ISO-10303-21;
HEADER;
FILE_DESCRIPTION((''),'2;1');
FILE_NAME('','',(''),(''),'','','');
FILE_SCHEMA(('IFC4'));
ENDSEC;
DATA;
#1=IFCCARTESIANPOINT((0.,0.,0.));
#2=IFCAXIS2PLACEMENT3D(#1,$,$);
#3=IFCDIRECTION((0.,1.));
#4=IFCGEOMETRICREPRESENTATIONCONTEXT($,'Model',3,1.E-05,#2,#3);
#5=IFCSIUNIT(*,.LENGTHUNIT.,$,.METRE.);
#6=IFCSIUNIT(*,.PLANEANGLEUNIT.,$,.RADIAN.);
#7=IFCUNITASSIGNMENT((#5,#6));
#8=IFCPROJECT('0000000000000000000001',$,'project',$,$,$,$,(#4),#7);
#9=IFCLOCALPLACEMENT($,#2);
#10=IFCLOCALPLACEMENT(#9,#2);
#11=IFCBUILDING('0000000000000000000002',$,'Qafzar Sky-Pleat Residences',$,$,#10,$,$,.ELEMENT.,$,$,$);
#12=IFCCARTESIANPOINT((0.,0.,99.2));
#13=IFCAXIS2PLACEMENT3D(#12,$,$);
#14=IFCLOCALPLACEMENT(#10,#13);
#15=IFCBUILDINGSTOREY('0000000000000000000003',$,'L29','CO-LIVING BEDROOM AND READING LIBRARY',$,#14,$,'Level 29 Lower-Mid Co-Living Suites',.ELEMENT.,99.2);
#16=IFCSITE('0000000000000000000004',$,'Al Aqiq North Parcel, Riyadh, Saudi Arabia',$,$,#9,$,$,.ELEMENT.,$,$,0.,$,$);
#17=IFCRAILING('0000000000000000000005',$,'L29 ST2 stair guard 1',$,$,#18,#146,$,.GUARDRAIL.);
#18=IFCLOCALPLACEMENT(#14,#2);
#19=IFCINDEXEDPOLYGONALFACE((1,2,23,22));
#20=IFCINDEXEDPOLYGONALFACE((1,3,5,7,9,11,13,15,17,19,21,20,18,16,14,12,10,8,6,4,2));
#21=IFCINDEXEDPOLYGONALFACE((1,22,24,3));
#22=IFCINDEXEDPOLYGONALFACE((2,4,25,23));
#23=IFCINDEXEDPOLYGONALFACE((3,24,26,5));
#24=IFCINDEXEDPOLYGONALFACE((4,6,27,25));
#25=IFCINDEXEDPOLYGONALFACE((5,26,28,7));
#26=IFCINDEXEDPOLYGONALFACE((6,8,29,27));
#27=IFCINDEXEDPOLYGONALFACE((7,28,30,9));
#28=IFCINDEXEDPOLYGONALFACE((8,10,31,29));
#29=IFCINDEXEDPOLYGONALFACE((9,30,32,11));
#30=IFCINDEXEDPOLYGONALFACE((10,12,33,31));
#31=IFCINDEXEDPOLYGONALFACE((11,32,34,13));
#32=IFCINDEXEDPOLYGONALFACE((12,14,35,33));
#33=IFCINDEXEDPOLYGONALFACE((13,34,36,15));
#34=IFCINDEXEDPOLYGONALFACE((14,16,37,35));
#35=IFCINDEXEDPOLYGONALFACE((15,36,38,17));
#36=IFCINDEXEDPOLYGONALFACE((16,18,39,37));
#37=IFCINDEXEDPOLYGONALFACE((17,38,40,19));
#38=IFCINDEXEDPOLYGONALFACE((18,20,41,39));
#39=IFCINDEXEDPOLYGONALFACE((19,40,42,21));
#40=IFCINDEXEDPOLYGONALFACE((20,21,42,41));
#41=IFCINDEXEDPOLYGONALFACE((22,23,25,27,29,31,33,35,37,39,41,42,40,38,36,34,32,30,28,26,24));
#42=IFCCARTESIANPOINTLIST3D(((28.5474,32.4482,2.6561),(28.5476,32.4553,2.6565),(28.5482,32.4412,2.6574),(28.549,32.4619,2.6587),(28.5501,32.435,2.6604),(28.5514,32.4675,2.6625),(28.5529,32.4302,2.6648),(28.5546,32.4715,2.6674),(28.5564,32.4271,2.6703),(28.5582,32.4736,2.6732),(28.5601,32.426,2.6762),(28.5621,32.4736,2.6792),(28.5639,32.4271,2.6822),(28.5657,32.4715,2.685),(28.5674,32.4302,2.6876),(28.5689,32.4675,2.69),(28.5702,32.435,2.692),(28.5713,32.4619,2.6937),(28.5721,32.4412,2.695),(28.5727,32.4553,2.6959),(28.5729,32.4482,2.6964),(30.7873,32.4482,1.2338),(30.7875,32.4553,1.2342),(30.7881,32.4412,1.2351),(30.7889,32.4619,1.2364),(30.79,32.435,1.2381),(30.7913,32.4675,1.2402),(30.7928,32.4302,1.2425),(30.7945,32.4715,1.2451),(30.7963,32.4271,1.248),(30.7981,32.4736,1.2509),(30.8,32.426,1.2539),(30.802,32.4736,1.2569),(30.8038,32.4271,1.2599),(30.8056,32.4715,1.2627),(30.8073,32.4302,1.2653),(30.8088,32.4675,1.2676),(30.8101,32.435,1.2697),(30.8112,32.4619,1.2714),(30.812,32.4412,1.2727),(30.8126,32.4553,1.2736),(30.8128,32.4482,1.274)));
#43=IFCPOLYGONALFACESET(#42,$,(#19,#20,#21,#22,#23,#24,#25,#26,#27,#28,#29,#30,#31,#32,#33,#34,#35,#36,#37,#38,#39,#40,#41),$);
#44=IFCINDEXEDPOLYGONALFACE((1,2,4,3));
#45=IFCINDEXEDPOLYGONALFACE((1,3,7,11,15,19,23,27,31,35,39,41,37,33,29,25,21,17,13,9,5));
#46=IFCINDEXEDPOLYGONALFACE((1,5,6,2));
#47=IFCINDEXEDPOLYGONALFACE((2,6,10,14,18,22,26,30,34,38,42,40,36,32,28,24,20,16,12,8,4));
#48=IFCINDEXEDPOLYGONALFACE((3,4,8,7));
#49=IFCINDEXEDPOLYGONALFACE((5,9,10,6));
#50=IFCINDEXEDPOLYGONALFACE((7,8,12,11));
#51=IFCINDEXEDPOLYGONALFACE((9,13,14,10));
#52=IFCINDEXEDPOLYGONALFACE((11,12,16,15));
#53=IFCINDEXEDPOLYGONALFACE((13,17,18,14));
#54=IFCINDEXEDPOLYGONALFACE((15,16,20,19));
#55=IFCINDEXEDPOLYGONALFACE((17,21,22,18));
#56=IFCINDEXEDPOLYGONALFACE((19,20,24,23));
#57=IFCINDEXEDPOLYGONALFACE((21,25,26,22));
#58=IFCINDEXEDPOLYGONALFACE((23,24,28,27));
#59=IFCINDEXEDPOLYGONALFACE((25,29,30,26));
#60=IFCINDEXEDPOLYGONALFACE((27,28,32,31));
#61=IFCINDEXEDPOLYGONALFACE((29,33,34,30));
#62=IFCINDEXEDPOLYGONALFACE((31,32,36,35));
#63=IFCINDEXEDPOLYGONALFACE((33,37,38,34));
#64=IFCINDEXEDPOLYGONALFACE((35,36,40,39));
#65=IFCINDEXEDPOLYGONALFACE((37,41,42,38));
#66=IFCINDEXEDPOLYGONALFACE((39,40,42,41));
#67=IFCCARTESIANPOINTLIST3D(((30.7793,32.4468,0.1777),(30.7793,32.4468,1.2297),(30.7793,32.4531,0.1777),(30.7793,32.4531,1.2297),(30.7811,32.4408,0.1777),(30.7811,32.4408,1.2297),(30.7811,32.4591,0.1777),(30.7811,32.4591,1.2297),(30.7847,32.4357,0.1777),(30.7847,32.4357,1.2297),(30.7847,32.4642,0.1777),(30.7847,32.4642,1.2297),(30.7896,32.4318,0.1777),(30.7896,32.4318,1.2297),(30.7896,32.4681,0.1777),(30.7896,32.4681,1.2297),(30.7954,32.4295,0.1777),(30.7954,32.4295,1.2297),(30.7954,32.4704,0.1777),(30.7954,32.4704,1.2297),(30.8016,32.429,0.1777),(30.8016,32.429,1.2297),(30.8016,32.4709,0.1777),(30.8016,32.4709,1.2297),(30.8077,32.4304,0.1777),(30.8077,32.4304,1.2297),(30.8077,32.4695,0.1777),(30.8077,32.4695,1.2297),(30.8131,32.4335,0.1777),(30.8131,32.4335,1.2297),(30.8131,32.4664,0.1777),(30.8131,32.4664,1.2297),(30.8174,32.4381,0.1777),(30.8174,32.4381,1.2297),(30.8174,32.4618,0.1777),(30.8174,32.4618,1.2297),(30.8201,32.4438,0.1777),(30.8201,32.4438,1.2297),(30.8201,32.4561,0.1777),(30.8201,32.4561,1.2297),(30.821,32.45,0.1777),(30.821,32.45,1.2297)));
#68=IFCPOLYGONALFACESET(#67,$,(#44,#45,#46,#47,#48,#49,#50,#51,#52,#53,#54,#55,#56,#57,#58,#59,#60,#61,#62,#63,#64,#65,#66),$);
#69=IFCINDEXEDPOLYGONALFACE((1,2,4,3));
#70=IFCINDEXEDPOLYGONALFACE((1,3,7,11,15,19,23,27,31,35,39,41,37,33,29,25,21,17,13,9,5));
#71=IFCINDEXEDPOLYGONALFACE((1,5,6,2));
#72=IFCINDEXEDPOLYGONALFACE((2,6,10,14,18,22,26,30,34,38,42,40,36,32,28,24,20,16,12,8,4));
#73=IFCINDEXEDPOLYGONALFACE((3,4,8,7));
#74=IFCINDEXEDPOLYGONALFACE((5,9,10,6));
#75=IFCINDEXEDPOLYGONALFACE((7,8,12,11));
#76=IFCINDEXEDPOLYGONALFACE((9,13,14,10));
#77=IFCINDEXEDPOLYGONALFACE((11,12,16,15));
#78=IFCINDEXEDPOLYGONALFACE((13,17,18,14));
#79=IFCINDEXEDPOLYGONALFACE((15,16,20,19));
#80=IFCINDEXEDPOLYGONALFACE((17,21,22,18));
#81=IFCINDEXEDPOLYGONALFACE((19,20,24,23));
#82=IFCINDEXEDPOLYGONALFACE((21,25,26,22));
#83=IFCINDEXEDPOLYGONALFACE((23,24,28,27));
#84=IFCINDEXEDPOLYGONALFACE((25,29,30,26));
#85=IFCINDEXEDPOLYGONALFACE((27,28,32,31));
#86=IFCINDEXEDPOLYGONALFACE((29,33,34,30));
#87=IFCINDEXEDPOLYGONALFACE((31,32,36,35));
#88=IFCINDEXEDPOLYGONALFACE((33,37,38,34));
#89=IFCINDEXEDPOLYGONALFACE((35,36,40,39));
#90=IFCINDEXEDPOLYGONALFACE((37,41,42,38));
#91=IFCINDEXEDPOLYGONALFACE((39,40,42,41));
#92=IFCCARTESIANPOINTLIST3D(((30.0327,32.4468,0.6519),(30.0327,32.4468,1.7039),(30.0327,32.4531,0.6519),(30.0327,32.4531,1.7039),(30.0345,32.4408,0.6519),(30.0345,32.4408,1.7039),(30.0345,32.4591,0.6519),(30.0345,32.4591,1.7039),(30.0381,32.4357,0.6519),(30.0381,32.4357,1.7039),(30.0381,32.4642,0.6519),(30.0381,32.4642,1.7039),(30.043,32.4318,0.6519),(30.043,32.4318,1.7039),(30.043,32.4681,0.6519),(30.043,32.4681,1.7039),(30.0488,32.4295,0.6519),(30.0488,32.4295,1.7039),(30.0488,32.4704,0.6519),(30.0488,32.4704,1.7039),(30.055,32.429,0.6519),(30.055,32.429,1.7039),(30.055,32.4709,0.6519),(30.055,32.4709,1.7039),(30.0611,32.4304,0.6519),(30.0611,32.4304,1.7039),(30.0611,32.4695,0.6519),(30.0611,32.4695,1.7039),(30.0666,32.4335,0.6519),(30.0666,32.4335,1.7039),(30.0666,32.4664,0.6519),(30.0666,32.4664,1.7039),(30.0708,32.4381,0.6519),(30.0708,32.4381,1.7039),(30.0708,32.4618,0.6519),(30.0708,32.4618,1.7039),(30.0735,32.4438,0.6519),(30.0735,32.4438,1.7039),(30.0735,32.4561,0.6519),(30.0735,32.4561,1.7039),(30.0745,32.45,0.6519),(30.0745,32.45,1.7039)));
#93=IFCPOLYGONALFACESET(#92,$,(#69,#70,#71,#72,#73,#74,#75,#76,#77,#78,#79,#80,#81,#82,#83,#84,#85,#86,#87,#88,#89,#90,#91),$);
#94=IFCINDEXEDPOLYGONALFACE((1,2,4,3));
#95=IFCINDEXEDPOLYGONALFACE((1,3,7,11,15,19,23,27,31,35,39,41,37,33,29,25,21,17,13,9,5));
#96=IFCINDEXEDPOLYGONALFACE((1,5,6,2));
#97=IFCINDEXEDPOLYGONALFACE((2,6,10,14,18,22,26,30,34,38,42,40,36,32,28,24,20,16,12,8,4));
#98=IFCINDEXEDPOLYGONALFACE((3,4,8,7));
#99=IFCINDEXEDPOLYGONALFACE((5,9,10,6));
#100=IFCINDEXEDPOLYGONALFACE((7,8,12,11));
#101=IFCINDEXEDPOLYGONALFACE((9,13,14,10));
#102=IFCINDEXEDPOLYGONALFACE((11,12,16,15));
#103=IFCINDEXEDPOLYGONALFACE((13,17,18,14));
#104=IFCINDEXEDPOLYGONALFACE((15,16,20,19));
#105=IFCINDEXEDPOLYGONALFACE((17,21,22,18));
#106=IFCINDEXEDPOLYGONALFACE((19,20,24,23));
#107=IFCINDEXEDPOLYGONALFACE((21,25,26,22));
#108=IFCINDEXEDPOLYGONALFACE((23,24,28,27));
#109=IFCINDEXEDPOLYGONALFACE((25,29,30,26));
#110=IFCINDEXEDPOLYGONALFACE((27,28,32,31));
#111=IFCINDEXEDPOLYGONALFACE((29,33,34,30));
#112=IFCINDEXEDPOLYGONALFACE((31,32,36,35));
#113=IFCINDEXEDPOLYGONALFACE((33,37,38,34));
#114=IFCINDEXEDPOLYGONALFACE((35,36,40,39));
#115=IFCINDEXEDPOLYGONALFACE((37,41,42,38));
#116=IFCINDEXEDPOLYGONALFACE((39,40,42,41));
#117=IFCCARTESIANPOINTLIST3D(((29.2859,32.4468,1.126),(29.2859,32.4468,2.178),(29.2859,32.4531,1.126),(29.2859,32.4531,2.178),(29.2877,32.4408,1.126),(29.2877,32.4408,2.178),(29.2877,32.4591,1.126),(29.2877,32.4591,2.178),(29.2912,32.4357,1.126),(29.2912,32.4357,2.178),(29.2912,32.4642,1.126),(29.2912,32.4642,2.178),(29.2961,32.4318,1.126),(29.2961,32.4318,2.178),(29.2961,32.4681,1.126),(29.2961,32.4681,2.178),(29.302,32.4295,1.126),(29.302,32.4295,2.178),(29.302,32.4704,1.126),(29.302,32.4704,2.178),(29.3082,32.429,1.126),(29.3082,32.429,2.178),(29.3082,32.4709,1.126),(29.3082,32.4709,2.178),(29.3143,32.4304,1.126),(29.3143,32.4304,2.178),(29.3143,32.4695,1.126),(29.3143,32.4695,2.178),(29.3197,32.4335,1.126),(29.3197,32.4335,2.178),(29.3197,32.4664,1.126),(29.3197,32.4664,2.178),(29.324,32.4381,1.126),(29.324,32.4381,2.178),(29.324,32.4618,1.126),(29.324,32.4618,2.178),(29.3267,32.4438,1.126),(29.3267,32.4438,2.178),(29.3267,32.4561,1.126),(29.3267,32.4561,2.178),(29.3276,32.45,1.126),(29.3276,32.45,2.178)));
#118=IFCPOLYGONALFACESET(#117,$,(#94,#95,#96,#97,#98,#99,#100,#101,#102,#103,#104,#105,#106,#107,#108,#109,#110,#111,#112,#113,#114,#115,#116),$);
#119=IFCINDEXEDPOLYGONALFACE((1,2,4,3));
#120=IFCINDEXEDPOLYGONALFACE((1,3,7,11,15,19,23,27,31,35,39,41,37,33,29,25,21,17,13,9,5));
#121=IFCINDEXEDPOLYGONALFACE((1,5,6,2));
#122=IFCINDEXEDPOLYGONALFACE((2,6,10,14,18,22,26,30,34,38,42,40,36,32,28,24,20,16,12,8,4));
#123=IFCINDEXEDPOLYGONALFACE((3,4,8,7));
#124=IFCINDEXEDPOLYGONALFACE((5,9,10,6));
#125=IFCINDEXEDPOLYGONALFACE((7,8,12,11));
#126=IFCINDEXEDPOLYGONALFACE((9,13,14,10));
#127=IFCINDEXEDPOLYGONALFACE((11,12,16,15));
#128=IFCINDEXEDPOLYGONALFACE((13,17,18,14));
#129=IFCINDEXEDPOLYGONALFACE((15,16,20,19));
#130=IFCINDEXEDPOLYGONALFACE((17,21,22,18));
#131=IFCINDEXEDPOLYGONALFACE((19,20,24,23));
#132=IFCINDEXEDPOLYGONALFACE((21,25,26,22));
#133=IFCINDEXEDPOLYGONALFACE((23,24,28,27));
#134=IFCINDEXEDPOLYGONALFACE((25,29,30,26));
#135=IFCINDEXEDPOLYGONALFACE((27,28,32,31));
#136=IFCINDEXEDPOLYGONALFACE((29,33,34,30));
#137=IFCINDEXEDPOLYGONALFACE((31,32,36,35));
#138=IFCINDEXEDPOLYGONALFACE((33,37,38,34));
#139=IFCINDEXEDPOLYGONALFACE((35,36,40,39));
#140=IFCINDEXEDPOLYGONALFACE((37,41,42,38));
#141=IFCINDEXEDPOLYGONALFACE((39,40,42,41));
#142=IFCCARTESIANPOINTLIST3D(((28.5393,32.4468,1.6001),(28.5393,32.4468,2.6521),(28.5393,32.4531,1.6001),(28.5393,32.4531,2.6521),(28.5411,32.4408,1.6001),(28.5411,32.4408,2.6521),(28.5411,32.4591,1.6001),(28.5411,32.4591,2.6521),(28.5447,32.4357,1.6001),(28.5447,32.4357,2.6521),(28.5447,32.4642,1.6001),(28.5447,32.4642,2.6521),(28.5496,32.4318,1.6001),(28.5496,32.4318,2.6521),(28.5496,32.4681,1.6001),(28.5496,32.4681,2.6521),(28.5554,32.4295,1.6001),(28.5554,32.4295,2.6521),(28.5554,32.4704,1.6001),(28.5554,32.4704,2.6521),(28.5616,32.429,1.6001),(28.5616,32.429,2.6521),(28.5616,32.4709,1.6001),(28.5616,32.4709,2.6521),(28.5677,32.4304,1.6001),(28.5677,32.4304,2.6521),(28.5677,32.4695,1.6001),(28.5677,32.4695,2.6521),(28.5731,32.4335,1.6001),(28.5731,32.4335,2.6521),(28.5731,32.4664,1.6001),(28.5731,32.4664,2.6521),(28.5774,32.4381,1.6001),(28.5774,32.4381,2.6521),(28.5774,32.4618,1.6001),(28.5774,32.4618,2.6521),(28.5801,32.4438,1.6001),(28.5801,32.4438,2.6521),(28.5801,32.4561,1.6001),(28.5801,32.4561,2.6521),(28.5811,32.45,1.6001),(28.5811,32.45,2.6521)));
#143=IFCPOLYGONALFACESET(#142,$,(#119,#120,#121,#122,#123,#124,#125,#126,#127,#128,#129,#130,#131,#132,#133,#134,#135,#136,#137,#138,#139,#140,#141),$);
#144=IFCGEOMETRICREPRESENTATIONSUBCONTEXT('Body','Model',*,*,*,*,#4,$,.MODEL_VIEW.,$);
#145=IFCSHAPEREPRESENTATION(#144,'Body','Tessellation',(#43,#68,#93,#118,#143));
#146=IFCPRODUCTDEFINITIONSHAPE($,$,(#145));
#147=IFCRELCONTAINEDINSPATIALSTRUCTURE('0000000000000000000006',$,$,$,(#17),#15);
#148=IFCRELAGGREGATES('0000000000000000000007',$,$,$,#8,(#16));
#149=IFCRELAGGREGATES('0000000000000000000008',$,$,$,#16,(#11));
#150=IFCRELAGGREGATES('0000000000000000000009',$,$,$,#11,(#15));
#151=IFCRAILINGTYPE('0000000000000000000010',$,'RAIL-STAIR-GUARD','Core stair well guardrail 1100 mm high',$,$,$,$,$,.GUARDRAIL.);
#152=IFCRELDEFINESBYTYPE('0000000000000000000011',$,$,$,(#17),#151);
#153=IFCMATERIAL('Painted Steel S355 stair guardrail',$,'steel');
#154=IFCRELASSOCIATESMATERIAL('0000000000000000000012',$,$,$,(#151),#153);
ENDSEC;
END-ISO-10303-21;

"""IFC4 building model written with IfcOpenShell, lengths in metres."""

from ifc_helpers import new_model, si_unit, direction, frame, origin, origin_2d, place, context, subcontext, project, spatial, circle, extrude, source, transform, mapped, material, type_object, element, save


model = new_model("IFC4")

# Units and contexts
model_context = context("Model", 3, precision=1e-05, world=origin(), true_north=direction((0.0, 1.0)))
body_context = subcontext(model_context, "Body", "Model", "MODEL_VIEW")
ifc_project = project(units=[si_unit("LENGTHUNIT", "METRE"), si_unit("PLANEANGLEUNIT", "RADIAN")], contexts=[model_context])

# Site, building, storey
site_placement = place(None, origin())
site = spatial("IfcSite", under=ifc_project, at=site_placement, Name="Al Aqiq North Parcel, Riyadh, Saudi Arabia", CompositionType="ELEMENT", RefElevation=0.0)
building_placement = place(site_placement, origin())
building = spatial("IfcBuilding", under=site, at=building_placement, Name="Qafzar Sky-Pleat Residences", CompositionType="ELEMENT")
storey_placement = place(building_placement, frame((0.0, 0.0, 99.2)))
storey = spatial("IfcBuildingStorey", under=building, at=storey_placement, Name="L29", Description="CO-LIVING BEDROOM AND READING LIBRARY", LongName="Level 29 Lower-Mid Co-Living Suites", CompositionType="ELEMENT", Elevation=99.2)

# Railing
ifc_material_1 = material(Name="Painted Steel S355 stair guardrail", Category="steel")
railing_type_1 = type_object("IfcRailingType", Name="RAIL-STAIR-GUARD", Description="Core stair well guardrail 1100 mm high", PredefinedType="GUARDRAIL", material=ifc_material_1)
shared_shape_1 = source(origin(), body_context, "Body", "SweptSolid", [
    extrude(circle(Radius=0.0239, at=origin_2d()), frame((0.0, 0.0, 1.0762), z_axis=(-0.844188, 0.0, 0.536048), x_axis=(0.0, -1.0, 0.0)), (0.0, 0.0, 1.0), 2.6533),
    extrude(circle(Radius=0.021, at=origin_2d()), origin(), (0.0, 0.0, 1.0), 1.052),
    extrude(circle(Radius=0.021, at=origin_2d()), frame((-0.7466, 0.0, 0.4741)), (0.0, 0.0, 1.0), 1.052),
    extrude(circle(Radius=0.021, at=origin_2d()), frame((-1.4934, 0.0, 0.9482)), (0.0, 0.0, 1.0), 1.052),
    extrude(circle(Radius=0.021, at=origin_2d()), frame((-2.24, 0.0, 1.4224)), (0.0, 0.0, 1.0), 1.052),
])
railing_1_placement = place(storey_placement, frame((30.8, 32.45, 0.1777)))
element("IfcRailing", 1, at=railing_1_placement, inside=storey, type_object=railing_type_1, Name="L29 ST2 stair guard 1", PredefinedType="GUARDRAIL", context=body_context, shape_type="MappedRepresentation", body=[
    mapped(shared_shape_1, transform((0.0, 0.0, 0.0), x_axis=(1.0, 0.0, 0.0), y_axis=(0.0, 1.0, 0.0), z_axis=(0.0, 0.0, 1.0), scale=1.0)),
])

save(model, "model.ifc")
